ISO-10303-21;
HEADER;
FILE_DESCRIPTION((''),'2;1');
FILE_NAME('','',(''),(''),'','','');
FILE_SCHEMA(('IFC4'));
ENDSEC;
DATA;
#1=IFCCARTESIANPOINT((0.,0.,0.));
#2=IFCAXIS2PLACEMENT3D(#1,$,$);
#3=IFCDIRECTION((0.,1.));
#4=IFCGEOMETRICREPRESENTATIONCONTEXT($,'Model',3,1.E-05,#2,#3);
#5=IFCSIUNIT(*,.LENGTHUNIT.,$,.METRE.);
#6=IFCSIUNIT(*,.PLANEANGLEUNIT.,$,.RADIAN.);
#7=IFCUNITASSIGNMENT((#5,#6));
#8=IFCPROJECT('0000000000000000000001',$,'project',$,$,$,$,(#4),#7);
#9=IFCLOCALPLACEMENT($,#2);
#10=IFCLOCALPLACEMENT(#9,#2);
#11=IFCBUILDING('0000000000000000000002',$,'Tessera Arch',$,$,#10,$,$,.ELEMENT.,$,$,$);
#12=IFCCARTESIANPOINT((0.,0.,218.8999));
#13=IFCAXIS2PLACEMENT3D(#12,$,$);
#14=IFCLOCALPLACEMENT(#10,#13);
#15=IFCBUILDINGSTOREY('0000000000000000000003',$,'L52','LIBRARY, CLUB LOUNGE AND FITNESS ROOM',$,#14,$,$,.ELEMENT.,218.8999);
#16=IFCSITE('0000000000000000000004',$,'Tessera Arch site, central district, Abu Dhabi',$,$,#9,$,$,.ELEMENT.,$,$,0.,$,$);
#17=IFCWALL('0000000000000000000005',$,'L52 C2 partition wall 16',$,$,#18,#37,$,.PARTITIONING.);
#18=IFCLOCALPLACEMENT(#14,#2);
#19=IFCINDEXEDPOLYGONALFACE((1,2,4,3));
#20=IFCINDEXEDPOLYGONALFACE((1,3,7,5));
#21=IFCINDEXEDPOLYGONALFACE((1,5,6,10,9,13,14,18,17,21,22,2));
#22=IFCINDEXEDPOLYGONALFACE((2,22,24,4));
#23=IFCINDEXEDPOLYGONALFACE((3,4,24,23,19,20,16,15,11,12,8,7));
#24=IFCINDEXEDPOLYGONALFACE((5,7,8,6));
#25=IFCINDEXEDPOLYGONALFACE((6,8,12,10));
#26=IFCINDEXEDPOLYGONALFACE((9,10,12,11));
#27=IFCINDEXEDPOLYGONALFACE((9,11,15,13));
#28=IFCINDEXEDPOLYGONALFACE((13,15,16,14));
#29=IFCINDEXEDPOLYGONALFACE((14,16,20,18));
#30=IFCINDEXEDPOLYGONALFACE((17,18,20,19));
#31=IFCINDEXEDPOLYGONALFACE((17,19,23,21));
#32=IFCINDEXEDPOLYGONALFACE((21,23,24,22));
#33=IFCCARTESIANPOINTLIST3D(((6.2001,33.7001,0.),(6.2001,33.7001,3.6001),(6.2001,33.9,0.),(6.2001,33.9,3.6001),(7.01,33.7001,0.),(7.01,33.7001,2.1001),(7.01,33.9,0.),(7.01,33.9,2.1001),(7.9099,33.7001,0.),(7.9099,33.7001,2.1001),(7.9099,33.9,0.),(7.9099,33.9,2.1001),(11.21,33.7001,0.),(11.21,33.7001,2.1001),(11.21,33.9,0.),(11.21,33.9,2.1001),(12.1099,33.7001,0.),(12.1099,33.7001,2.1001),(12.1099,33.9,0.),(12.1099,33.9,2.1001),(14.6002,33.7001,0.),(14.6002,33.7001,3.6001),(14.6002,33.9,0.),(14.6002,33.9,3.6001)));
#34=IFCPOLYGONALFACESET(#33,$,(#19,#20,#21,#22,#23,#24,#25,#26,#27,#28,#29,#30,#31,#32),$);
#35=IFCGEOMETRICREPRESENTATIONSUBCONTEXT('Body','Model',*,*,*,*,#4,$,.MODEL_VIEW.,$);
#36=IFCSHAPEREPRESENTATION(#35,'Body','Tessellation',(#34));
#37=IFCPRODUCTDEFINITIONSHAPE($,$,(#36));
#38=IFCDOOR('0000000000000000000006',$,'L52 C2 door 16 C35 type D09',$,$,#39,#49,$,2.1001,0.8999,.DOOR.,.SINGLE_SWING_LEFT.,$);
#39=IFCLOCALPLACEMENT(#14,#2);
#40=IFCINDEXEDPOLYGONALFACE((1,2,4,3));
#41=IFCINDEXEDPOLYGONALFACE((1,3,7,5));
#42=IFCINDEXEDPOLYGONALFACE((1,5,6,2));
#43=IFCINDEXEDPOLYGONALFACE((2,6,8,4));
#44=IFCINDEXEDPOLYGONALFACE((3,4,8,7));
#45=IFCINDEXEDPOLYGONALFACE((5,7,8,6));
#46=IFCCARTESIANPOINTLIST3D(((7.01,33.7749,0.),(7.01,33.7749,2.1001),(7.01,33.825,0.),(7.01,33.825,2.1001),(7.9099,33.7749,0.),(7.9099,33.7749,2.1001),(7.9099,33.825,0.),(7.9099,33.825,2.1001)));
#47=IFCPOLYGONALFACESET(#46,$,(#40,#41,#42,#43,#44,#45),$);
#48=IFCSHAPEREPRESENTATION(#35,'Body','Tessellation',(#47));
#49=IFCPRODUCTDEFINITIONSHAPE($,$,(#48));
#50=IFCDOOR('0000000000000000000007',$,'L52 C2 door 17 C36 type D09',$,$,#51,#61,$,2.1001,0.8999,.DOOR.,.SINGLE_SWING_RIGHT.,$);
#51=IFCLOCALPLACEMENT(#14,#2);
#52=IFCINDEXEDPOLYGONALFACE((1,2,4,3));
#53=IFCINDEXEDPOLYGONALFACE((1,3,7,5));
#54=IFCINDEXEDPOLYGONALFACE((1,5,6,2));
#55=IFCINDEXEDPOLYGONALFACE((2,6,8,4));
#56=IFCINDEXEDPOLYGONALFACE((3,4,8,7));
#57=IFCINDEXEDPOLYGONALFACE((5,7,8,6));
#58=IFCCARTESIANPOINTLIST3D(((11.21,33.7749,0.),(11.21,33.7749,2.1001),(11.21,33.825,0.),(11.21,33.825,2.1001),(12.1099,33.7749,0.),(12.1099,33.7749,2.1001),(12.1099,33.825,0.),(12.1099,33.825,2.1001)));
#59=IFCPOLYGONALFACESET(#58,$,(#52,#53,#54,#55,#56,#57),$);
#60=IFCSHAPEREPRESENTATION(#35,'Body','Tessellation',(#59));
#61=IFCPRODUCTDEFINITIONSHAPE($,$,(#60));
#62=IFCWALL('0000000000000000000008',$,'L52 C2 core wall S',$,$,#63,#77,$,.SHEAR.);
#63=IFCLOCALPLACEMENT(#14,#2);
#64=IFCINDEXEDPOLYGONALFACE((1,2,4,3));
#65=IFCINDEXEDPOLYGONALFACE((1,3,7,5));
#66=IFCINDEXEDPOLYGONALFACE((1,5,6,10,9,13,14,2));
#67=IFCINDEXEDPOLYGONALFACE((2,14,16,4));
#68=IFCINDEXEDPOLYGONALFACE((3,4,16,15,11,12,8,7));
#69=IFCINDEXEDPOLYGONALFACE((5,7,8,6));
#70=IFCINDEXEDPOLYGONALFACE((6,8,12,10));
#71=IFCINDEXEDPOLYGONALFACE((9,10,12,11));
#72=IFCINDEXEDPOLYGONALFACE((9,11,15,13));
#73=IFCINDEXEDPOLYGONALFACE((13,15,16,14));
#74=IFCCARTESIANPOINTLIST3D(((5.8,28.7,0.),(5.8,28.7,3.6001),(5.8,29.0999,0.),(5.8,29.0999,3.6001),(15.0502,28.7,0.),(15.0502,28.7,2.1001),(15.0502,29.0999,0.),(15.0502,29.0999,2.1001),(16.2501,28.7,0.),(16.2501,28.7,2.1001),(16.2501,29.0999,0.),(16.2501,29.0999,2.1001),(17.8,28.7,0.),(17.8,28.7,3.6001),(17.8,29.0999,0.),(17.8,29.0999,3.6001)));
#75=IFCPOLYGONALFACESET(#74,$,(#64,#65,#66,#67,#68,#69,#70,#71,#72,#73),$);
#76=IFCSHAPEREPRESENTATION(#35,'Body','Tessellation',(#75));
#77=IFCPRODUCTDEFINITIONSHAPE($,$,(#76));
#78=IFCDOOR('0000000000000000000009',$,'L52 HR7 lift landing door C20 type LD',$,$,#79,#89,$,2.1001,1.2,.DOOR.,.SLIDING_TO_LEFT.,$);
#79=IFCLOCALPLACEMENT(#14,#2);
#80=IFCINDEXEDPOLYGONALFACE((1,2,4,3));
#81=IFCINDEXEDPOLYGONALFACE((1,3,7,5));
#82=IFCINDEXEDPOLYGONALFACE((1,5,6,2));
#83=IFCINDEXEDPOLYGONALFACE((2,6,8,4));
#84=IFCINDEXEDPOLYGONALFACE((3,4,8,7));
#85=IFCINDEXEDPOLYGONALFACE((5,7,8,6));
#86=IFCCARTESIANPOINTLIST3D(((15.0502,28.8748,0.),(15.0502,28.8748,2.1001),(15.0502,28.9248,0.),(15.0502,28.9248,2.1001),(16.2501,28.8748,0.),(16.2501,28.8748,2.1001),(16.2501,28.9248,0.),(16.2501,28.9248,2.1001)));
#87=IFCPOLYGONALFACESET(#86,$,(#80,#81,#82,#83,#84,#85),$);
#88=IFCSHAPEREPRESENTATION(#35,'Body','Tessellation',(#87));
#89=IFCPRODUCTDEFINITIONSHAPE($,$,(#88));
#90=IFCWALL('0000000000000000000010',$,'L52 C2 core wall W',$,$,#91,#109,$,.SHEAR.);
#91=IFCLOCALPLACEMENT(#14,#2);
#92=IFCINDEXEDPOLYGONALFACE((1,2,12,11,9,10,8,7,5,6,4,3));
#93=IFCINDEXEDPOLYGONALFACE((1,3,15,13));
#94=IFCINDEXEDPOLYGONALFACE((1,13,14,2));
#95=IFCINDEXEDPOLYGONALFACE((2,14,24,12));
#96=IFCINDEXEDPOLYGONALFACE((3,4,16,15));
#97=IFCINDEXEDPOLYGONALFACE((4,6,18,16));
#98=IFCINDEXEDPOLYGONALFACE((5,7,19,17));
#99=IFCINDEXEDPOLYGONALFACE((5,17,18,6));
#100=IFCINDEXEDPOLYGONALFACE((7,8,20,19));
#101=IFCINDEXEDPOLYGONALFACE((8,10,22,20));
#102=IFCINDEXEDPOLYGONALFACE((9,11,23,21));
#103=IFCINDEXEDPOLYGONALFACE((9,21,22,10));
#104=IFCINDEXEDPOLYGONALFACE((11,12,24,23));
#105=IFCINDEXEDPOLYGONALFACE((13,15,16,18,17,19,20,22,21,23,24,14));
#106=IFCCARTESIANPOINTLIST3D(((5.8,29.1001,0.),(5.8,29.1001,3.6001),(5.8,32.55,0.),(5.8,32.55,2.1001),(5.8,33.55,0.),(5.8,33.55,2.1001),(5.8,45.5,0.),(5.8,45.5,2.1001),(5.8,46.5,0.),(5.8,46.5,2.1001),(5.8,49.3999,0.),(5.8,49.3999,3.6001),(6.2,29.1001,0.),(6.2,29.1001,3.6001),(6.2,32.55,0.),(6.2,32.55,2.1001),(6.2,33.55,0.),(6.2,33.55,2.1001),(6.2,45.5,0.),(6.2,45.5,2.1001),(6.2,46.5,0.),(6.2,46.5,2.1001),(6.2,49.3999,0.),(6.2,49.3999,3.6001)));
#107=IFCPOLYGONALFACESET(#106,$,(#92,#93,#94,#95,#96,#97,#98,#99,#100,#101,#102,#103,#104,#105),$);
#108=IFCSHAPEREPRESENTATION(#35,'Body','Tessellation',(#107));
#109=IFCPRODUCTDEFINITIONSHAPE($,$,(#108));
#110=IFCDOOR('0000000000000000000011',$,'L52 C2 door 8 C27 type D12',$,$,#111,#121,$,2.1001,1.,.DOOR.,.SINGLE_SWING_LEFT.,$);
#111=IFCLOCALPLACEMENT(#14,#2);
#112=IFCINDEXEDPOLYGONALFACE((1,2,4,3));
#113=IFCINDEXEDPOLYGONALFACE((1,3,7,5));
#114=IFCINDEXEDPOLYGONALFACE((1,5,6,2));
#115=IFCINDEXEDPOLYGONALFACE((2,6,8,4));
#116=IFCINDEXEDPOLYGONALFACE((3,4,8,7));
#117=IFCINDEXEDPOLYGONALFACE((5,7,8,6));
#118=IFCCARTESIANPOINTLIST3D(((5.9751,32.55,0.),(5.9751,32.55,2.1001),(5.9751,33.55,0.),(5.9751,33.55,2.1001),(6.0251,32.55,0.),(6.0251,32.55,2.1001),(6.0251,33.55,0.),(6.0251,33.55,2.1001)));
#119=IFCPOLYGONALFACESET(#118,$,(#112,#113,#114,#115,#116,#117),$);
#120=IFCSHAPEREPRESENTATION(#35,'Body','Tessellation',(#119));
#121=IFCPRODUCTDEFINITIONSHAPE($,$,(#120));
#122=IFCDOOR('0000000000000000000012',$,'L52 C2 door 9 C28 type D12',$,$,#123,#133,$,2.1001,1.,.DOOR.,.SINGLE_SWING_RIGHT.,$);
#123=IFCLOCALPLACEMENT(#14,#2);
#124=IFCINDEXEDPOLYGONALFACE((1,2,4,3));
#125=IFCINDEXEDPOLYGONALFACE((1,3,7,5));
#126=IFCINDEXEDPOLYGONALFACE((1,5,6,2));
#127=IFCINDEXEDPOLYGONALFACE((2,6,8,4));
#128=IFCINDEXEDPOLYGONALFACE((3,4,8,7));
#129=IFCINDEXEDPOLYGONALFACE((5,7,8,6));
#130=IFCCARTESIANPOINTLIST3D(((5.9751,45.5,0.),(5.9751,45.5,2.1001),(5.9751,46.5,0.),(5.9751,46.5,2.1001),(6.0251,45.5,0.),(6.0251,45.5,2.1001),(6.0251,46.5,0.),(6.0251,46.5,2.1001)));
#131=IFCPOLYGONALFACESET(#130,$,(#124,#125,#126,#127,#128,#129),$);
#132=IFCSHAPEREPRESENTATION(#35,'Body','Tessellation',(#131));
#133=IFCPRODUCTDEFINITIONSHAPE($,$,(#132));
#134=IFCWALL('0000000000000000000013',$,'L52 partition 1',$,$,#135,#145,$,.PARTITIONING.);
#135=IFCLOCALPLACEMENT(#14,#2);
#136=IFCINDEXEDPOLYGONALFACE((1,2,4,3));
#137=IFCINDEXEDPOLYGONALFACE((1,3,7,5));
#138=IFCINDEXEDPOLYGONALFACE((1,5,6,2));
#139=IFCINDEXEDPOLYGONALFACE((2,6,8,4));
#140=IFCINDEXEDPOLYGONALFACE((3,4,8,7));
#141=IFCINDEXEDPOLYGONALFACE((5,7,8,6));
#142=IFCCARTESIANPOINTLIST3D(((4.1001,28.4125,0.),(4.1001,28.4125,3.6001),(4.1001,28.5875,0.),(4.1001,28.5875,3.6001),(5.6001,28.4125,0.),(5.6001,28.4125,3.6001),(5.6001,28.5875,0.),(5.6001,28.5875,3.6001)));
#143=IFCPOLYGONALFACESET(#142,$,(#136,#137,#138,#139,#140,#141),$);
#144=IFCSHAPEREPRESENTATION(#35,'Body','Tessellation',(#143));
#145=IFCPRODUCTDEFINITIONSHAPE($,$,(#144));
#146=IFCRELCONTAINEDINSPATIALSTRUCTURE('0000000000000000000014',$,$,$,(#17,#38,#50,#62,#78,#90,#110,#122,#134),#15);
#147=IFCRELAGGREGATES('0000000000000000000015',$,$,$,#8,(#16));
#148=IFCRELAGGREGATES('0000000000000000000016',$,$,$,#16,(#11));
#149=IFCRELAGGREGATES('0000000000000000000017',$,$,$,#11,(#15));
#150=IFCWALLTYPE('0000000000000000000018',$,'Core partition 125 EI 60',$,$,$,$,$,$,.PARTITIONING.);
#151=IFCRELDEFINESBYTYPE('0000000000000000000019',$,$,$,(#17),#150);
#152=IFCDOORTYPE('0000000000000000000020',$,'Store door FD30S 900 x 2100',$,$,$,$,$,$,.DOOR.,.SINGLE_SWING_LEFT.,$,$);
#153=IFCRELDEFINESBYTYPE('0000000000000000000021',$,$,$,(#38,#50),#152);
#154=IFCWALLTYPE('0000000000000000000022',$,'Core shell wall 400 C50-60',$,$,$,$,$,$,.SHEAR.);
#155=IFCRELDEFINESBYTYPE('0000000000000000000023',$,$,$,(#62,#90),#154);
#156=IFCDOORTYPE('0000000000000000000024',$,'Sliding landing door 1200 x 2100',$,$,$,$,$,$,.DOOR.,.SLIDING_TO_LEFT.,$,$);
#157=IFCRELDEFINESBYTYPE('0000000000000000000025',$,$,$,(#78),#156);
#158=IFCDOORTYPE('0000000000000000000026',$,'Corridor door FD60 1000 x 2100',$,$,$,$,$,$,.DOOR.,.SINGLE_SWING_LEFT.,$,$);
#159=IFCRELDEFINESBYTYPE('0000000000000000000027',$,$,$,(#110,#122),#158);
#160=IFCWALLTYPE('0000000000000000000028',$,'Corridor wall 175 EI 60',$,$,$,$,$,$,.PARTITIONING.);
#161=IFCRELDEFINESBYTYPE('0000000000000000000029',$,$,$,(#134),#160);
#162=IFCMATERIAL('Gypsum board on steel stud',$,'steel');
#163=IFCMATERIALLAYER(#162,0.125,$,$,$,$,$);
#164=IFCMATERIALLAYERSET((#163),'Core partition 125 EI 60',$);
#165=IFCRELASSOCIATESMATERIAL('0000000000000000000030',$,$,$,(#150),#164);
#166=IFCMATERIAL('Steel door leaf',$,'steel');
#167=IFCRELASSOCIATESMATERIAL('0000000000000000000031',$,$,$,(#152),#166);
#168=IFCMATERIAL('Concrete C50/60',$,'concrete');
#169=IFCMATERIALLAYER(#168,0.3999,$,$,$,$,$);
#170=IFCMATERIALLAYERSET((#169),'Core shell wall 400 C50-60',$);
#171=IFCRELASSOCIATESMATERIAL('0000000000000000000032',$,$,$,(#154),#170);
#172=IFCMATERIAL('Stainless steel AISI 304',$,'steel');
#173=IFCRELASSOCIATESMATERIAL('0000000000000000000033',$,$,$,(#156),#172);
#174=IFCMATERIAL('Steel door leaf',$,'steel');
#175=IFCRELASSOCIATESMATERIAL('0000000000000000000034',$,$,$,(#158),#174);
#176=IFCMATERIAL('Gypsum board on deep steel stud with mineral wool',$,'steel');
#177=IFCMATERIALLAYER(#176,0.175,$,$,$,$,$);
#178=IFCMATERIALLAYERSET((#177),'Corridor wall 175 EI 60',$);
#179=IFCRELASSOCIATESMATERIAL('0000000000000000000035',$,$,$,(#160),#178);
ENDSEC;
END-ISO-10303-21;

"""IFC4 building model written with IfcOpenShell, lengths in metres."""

from ifc_helpers import new_model, si_unit, direction, frame, frame_2d, origin, place, context, subcontext, project, spatial, rectangle, extrude, material, layer, layer_set, type_object, element, fill, save


model = new_model("IFC4")

# Units and contexts
model_context = context("Model", 3, precision=1e-05, world=origin(), true_north=direction((0.0, 1.0)))
body_context = subcontext(model_context, "Body", "Model", "MODEL_VIEW")
ifc_project = project(units=[si_unit("LENGTHUNIT", "METRE"), si_unit("PLANEANGLEUNIT", "RADIAN")], contexts=[model_context])

# Site, building, storey
site_placement = place(None, origin())
site = spatial("IfcSite", under=ifc_project, at=site_placement, Name="Tessera Arch site, central district, Abu Dhabi", CompositionType="ELEMENT", RefElevation=0.0)
building_placement = place(site_placement, origin())
building = spatial("IfcBuilding", under=site, at=building_placement, Name="Tessera Arch", CompositionType="ELEMENT")
storey_placement = place(building_placement, frame((0.0, 0.0, 218.8999)))
storey = spatial("IfcBuildingStorey", under=building, at=storey_placement, Name="L52", Description="LIBRARY, CLUB LOUNGE AND FITNESS ROOM", CompositionType="ELEMENT", Elevation=218.8999)

# Wall, openings, doors
ifc_material_1 = material(Name="Gypsum board on steel stud", Category="steel")
ifc_layer_1 = layer(ifc_material_1, 0.125)
ifc_layer_set_1 = layer_set([ifc_layer_1], Name="Core partition 125 EI 60")
wall_type_1 = type_object("IfcWallType", Name="Core partition 125 EI 60", PredefinedType="PARTITIONING", material=ifc_layer_set_1)
ifc_material_2 = material(Name="Steel door leaf", Category="steel")
door_type_1 = type_object("IfcDoorType", Name="Store door FD30S 900 x 2100", OperationType="SINGLE_SWING_LEFT", PredefinedType="DOOR", material=ifc_material_2)
wall_1_placement = place(storey_placement, frame((6.2, 33.8, 0.0), z_axis=(0.0, 0.0, 1.0), x_axis=(1.0, 0.0, 0.0)))
wall_1 = element("IfcWall", 1, at=wall_1_placement, inside=storey, type_object=wall_type_1, Name="L52 C2 partition wall 16", PredefinedType="PARTITIONING", context=body_context, shape_type="SweptSolid", body=[
    extrude(rectangle(XDim=8.4001, YDim=0.2, at=frame_2d((4.2002, 0.0))), origin(), (0.0, 0.0, 1.0), 3.6001),
])
opening_1_placement = place(wall_1_placement, frame((0.8101, 0.0, 0.0)))
opening_1 = element("IfcOpeningElement", 2, at=opening_1_placement, cuts=wall_1, PredefinedType="OPENING", context=body_context, shape_type="SweptSolid", body=[
    extrude(rectangle(XDim=0.8999, YDim=2.1001, at=frame_2d((0.45, 1.05))), frame((0.0, 0.1099, 0.0), z_axis=(0.0, -1.0, 0.0), x_axis=(1.0, 0.0, 0.0)), (0.0, 0.0, 1.0), 0.22),
])
opening_2_placement = place(wall_1_placement, frame((5.01, 0.0, 0.0)))
opening_2 = element("IfcOpeningElement", 3, at=opening_2_placement, cuts=wall_1, PredefinedType="OPENING", context=body_context, shape_type="SweptSolid", body=[
    extrude(rectangle(XDim=0.8999, YDim=2.1001, at=frame_2d((0.45, 1.05))), frame((0.0, 0.1099, 0.0), z_axis=(0.0, -1.0, 0.0), x_axis=(1.0, 0.0, 0.0)), (0.0, 0.0, 1.0), 0.22),
])
door_1_placement = place(opening_1_placement, origin())
door_1 = element("IfcDoor", 4, at=door_1_placement, inside=storey, type_object=door_type_1, Name="L52 C2 door 16 C35 type D09", OperationType="SINGLE_SWING_LEFT", OverallHeight=2.1001, OverallWidth=0.8999, PredefinedType="DOOR", context=body_context, shape_type="SweptSolid", body=[
    extrude(rectangle(XDim=0.8999, YDim=2.1001, at=frame_2d((0.45, 1.05))), frame((0.0, 0.0249, 0.0), z_axis=(0.0, -1.0, 0.0), x_axis=(1.0, 0.0, 0.0)), (0.0, 0.0, 1.0), 0.05),
])
fill(opening_1, door_1)
door_2_placement = place(opening_2_placement, origin())
door_2 = element("IfcDoor", 5, at=door_2_placement, inside=storey, type_object=door_type_1, Name="L52 C2 door 17 C36 type D09", OperationType="SINGLE_SWING_RIGHT", OverallHeight=2.1001, OverallWidth=0.8999, PredefinedType="DOOR", context=body_context, shape_type="SweptSolid", body=[
    extrude(rectangle(XDim=0.8999, YDim=2.1001, at=frame_2d((0.45, 1.05))), frame((0.0, 0.0249, 0.0), z_axis=(0.0, -1.0, 0.0), x_axis=(1.0, 0.0, 0.0)), (0.0, 0.0, 1.0), 0.05),
])
fill(opening_2, door_2)

# Wall, opening, door
ifc_material_3 = material(Name="Concrete C50/60", Category="concrete")
ifc_layer_2 = layer(ifc_material_3, 0.3999)
ifc_layer_set_2 = layer_set([ifc_layer_2], Name="Core shell wall 400 C50-60")
wall_type_2 = type_object("IfcWallType", Name="Core shell wall 400 C50-60", PredefinedType="SHEAR", material=ifc_layer_set_2)
wall_2_placement = place(storey_placement, frame((5.8, 28.8999, 0.0), z_axis=(0.0, 0.0, 1.0), x_axis=(1.0, 0.0, 0.0)))
wall_2 = element("IfcWall", 6, at=wall_2_placement, inside=storey, type_object=wall_type_2, Name="L52 C2 core wall S", PredefinedType="SHEAR", context=body_context, shape_type="SweptSolid", body=[
    extrude(rectangle(XDim=12.0, YDim=0.3999, at=frame_2d((6.0, 0.0))), origin(), (0.0, 0.0, 1.0), 3.6001),
])
opening_3_placement = place(wall_2_placement, frame((9.25, 0.0, 0.0)))
opening_3 = element("IfcOpeningElement", 7, at=opening_3_placement, cuts=wall_2, PredefinedType="OPENING", context=body_context, shape_type="SweptSolid", body=[
    extrude(rectangle(XDim=1.2, YDim=2.1001, at=frame_2d((0.6001, 1.05))), frame((0.0, 0.21, 0.0), z_axis=(0.0, -1.0, 0.0), x_axis=(1.0, 0.0, 0.0)), (0.0, 0.0, 1.0), 0.4199),
])
ifc_material_4 = material(Name="Stainless steel AISI 304", Category="steel")
door_type_2 = type_object("IfcDoorType", Name="Sliding landing door 1200 x 2100", OperationType="SLIDING_TO_LEFT", PredefinedType="DOOR", material=ifc_material_4)
door_3_placement = place(opening_3_placement, origin())
door_3 = element("IfcDoor", 8, at=door_3_placement, inside=storey, type_object=door_type_2, Name="L52 HR7 lift landing door C20 type LD", OperationType="SLIDING_TO_LEFT", OverallHeight=2.1001, OverallWidth=1.2, PredefinedType="DOOR", context=body_context, shape_type="SweptSolid", body=[
    extrude(rectangle(XDim=1.2, YDim=2.1001, at=frame_2d((0.6001, 1.05))), frame((0.0, 0.0249, 0.0), z_axis=(0.0, -1.0, 0.0), x_axis=(1.0, 0.0, 0.0)), (0.0, 0.0, 1.0), 0.05),
])
fill(opening_3, door_3)

# Wall, openings, doors
wall_3_placement = place(storey_placement, frame((6.0, 29.1001, 0.0), z_axis=(0.0, 0.0, 1.0), x_axis=(0.0, 1.0, 0.0)))
wall_3 = element("IfcWall", 9, at=wall_3_placement, inside=storey, type_object=wall_type_2, Name="L52 C2 core wall W", PredefinedType="SHEAR", context=body_context, shape_type="SweptSolid", body=[
    extrude(rectangle(XDim=20.2998, YDim=0.3999, at=frame_2d((10.1499, 0.0))), origin(), (0.0, 0.0, 1.0), 3.6001),
])
opening_4_placement = place(wall_3_placement, frame((3.45, 0.0, 0.0)))
opening_4 = element("IfcOpeningElement", 10, at=opening_4_placement, cuts=wall_3, PredefinedType="OPENING", context=body_context, shape_type="SweptSolid", body=[
    extrude(rectangle(XDim=1.0, YDim=2.1001, at=frame_2d((0.5, 1.05))), frame((0.0, 0.21, 0.0), z_axis=(0.0, -1.0, 0.0), x_axis=(1.0, 0.0, 0.0)), (0.0, 0.0, 1.0), 0.4199),
])
opening_5_placement = place(wall_3_placement, frame((16.3999, 0.0, 0.0)))
opening_5 = element("IfcOpeningElement", 11, at=opening_5_placement, cuts=wall_3, PredefinedType="OPENING", context=body_context, shape_type="SweptSolid", body=[
    extrude(rectangle(XDim=1.0, YDim=2.1001, at=frame_2d((0.5, 1.05))), frame((0.0, 0.21, 0.0), z_axis=(0.0, -1.0, 0.0), x_axis=(1.0, 0.0, 0.0)), (0.0, 0.0, 1.0), 0.4199),
])
ifc_material_5 = material(Name="Steel door leaf", Category="steel")
door_type_3 = type_object("IfcDoorType", Name="Corridor door FD60 1000 x 2100", OperationType="SINGLE_SWING_LEFT", PredefinedType="DOOR", material=ifc_material_5)
door_4_placement = place(opening_4_placement, origin())
door_4 = element("IfcDoor", 12, at=door_4_placement, inside=storey, type_object=door_type_3, Name="L52 C2 door 8 C27 type D12", OperationType="SINGLE_SWING_LEFT", OverallHeight=2.1001, OverallWidth=1.0, PredefinedType="DOOR", context=body_context, shape_type="SweptSolid", body=[
    extrude(rectangle(XDim=1.0, YDim=2.1001, at=frame_2d((0.5, 1.05))), frame((0.0, 0.0249, 0.0), z_axis=(0.0, -1.0, 0.0), x_axis=(1.0, 0.0, 0.0)), (0.0, 0.0, 1.0), 0.05),
])
fill(opening_4, door_4)
door_5_placement = place(opening_5_placement, origin())
door_5 = element("IfcDoor", 13, at=door_5_placement, inside=storey, type_object=door_type_3, Name="L52 C2 door 9 C28 type D12", OperationType="SINGLE_SWING_RIGHT", OverallHeight=2.1001, OverallWidth=1.0, PredefinedType="DOOR", context=body_context, shape_type="SweptSolid", body=[
    extrude(rectangle(XDim=1.0, YDim=2.1001, at=frame_2d((0.5, 1.05))), frame((0.0, 0.0249, 0.0), z_axis=(0.0, -1.0, 0.0), x_axis=(1.0, 0.0, 0.0)), (0.0, 0.0, 1.0), 0.05),
])
fill(opening_5, door_5)

# Wall
ifc_material_6 = material(Name="Gypsum board on deep steel stud with mineral wool", Category="steel")
ifc_layer_3 = layer(ifc_material_6, 0.175)
ifc_layer_set_3 = layer_set([ifc_layer_3], Name="Corridor wall 175 EI 60")
wall_type_3 = type_object("IfcWallType", Name="Corridor wall 175 EI 60", PredefinedType="PARTITIONING", material=ifc_layer_set_3)
wall_4_placement = place(storey_placement, frame((4.1001, 28.5, 0.0), z_axis=(0.0, 0.0, 1.0), x_axis=(1.0, 0.0, 0.0)))
element("IfcWall", 14, at=wall_4_placement, inside=storey, type_object=wall_type_3, Name="L52 partition 1", PredefinedType="PARTITIONING", context=body_context, shape_type="SweptSolid", body=[
    extrude(rectangle(XDim=1.5, YDim=0.175, at=frame_2d((0.75, 0.0))), origin(), (0.0, 0.0, 1.0), 3.6001),
])

save(model, "model.ifc")
